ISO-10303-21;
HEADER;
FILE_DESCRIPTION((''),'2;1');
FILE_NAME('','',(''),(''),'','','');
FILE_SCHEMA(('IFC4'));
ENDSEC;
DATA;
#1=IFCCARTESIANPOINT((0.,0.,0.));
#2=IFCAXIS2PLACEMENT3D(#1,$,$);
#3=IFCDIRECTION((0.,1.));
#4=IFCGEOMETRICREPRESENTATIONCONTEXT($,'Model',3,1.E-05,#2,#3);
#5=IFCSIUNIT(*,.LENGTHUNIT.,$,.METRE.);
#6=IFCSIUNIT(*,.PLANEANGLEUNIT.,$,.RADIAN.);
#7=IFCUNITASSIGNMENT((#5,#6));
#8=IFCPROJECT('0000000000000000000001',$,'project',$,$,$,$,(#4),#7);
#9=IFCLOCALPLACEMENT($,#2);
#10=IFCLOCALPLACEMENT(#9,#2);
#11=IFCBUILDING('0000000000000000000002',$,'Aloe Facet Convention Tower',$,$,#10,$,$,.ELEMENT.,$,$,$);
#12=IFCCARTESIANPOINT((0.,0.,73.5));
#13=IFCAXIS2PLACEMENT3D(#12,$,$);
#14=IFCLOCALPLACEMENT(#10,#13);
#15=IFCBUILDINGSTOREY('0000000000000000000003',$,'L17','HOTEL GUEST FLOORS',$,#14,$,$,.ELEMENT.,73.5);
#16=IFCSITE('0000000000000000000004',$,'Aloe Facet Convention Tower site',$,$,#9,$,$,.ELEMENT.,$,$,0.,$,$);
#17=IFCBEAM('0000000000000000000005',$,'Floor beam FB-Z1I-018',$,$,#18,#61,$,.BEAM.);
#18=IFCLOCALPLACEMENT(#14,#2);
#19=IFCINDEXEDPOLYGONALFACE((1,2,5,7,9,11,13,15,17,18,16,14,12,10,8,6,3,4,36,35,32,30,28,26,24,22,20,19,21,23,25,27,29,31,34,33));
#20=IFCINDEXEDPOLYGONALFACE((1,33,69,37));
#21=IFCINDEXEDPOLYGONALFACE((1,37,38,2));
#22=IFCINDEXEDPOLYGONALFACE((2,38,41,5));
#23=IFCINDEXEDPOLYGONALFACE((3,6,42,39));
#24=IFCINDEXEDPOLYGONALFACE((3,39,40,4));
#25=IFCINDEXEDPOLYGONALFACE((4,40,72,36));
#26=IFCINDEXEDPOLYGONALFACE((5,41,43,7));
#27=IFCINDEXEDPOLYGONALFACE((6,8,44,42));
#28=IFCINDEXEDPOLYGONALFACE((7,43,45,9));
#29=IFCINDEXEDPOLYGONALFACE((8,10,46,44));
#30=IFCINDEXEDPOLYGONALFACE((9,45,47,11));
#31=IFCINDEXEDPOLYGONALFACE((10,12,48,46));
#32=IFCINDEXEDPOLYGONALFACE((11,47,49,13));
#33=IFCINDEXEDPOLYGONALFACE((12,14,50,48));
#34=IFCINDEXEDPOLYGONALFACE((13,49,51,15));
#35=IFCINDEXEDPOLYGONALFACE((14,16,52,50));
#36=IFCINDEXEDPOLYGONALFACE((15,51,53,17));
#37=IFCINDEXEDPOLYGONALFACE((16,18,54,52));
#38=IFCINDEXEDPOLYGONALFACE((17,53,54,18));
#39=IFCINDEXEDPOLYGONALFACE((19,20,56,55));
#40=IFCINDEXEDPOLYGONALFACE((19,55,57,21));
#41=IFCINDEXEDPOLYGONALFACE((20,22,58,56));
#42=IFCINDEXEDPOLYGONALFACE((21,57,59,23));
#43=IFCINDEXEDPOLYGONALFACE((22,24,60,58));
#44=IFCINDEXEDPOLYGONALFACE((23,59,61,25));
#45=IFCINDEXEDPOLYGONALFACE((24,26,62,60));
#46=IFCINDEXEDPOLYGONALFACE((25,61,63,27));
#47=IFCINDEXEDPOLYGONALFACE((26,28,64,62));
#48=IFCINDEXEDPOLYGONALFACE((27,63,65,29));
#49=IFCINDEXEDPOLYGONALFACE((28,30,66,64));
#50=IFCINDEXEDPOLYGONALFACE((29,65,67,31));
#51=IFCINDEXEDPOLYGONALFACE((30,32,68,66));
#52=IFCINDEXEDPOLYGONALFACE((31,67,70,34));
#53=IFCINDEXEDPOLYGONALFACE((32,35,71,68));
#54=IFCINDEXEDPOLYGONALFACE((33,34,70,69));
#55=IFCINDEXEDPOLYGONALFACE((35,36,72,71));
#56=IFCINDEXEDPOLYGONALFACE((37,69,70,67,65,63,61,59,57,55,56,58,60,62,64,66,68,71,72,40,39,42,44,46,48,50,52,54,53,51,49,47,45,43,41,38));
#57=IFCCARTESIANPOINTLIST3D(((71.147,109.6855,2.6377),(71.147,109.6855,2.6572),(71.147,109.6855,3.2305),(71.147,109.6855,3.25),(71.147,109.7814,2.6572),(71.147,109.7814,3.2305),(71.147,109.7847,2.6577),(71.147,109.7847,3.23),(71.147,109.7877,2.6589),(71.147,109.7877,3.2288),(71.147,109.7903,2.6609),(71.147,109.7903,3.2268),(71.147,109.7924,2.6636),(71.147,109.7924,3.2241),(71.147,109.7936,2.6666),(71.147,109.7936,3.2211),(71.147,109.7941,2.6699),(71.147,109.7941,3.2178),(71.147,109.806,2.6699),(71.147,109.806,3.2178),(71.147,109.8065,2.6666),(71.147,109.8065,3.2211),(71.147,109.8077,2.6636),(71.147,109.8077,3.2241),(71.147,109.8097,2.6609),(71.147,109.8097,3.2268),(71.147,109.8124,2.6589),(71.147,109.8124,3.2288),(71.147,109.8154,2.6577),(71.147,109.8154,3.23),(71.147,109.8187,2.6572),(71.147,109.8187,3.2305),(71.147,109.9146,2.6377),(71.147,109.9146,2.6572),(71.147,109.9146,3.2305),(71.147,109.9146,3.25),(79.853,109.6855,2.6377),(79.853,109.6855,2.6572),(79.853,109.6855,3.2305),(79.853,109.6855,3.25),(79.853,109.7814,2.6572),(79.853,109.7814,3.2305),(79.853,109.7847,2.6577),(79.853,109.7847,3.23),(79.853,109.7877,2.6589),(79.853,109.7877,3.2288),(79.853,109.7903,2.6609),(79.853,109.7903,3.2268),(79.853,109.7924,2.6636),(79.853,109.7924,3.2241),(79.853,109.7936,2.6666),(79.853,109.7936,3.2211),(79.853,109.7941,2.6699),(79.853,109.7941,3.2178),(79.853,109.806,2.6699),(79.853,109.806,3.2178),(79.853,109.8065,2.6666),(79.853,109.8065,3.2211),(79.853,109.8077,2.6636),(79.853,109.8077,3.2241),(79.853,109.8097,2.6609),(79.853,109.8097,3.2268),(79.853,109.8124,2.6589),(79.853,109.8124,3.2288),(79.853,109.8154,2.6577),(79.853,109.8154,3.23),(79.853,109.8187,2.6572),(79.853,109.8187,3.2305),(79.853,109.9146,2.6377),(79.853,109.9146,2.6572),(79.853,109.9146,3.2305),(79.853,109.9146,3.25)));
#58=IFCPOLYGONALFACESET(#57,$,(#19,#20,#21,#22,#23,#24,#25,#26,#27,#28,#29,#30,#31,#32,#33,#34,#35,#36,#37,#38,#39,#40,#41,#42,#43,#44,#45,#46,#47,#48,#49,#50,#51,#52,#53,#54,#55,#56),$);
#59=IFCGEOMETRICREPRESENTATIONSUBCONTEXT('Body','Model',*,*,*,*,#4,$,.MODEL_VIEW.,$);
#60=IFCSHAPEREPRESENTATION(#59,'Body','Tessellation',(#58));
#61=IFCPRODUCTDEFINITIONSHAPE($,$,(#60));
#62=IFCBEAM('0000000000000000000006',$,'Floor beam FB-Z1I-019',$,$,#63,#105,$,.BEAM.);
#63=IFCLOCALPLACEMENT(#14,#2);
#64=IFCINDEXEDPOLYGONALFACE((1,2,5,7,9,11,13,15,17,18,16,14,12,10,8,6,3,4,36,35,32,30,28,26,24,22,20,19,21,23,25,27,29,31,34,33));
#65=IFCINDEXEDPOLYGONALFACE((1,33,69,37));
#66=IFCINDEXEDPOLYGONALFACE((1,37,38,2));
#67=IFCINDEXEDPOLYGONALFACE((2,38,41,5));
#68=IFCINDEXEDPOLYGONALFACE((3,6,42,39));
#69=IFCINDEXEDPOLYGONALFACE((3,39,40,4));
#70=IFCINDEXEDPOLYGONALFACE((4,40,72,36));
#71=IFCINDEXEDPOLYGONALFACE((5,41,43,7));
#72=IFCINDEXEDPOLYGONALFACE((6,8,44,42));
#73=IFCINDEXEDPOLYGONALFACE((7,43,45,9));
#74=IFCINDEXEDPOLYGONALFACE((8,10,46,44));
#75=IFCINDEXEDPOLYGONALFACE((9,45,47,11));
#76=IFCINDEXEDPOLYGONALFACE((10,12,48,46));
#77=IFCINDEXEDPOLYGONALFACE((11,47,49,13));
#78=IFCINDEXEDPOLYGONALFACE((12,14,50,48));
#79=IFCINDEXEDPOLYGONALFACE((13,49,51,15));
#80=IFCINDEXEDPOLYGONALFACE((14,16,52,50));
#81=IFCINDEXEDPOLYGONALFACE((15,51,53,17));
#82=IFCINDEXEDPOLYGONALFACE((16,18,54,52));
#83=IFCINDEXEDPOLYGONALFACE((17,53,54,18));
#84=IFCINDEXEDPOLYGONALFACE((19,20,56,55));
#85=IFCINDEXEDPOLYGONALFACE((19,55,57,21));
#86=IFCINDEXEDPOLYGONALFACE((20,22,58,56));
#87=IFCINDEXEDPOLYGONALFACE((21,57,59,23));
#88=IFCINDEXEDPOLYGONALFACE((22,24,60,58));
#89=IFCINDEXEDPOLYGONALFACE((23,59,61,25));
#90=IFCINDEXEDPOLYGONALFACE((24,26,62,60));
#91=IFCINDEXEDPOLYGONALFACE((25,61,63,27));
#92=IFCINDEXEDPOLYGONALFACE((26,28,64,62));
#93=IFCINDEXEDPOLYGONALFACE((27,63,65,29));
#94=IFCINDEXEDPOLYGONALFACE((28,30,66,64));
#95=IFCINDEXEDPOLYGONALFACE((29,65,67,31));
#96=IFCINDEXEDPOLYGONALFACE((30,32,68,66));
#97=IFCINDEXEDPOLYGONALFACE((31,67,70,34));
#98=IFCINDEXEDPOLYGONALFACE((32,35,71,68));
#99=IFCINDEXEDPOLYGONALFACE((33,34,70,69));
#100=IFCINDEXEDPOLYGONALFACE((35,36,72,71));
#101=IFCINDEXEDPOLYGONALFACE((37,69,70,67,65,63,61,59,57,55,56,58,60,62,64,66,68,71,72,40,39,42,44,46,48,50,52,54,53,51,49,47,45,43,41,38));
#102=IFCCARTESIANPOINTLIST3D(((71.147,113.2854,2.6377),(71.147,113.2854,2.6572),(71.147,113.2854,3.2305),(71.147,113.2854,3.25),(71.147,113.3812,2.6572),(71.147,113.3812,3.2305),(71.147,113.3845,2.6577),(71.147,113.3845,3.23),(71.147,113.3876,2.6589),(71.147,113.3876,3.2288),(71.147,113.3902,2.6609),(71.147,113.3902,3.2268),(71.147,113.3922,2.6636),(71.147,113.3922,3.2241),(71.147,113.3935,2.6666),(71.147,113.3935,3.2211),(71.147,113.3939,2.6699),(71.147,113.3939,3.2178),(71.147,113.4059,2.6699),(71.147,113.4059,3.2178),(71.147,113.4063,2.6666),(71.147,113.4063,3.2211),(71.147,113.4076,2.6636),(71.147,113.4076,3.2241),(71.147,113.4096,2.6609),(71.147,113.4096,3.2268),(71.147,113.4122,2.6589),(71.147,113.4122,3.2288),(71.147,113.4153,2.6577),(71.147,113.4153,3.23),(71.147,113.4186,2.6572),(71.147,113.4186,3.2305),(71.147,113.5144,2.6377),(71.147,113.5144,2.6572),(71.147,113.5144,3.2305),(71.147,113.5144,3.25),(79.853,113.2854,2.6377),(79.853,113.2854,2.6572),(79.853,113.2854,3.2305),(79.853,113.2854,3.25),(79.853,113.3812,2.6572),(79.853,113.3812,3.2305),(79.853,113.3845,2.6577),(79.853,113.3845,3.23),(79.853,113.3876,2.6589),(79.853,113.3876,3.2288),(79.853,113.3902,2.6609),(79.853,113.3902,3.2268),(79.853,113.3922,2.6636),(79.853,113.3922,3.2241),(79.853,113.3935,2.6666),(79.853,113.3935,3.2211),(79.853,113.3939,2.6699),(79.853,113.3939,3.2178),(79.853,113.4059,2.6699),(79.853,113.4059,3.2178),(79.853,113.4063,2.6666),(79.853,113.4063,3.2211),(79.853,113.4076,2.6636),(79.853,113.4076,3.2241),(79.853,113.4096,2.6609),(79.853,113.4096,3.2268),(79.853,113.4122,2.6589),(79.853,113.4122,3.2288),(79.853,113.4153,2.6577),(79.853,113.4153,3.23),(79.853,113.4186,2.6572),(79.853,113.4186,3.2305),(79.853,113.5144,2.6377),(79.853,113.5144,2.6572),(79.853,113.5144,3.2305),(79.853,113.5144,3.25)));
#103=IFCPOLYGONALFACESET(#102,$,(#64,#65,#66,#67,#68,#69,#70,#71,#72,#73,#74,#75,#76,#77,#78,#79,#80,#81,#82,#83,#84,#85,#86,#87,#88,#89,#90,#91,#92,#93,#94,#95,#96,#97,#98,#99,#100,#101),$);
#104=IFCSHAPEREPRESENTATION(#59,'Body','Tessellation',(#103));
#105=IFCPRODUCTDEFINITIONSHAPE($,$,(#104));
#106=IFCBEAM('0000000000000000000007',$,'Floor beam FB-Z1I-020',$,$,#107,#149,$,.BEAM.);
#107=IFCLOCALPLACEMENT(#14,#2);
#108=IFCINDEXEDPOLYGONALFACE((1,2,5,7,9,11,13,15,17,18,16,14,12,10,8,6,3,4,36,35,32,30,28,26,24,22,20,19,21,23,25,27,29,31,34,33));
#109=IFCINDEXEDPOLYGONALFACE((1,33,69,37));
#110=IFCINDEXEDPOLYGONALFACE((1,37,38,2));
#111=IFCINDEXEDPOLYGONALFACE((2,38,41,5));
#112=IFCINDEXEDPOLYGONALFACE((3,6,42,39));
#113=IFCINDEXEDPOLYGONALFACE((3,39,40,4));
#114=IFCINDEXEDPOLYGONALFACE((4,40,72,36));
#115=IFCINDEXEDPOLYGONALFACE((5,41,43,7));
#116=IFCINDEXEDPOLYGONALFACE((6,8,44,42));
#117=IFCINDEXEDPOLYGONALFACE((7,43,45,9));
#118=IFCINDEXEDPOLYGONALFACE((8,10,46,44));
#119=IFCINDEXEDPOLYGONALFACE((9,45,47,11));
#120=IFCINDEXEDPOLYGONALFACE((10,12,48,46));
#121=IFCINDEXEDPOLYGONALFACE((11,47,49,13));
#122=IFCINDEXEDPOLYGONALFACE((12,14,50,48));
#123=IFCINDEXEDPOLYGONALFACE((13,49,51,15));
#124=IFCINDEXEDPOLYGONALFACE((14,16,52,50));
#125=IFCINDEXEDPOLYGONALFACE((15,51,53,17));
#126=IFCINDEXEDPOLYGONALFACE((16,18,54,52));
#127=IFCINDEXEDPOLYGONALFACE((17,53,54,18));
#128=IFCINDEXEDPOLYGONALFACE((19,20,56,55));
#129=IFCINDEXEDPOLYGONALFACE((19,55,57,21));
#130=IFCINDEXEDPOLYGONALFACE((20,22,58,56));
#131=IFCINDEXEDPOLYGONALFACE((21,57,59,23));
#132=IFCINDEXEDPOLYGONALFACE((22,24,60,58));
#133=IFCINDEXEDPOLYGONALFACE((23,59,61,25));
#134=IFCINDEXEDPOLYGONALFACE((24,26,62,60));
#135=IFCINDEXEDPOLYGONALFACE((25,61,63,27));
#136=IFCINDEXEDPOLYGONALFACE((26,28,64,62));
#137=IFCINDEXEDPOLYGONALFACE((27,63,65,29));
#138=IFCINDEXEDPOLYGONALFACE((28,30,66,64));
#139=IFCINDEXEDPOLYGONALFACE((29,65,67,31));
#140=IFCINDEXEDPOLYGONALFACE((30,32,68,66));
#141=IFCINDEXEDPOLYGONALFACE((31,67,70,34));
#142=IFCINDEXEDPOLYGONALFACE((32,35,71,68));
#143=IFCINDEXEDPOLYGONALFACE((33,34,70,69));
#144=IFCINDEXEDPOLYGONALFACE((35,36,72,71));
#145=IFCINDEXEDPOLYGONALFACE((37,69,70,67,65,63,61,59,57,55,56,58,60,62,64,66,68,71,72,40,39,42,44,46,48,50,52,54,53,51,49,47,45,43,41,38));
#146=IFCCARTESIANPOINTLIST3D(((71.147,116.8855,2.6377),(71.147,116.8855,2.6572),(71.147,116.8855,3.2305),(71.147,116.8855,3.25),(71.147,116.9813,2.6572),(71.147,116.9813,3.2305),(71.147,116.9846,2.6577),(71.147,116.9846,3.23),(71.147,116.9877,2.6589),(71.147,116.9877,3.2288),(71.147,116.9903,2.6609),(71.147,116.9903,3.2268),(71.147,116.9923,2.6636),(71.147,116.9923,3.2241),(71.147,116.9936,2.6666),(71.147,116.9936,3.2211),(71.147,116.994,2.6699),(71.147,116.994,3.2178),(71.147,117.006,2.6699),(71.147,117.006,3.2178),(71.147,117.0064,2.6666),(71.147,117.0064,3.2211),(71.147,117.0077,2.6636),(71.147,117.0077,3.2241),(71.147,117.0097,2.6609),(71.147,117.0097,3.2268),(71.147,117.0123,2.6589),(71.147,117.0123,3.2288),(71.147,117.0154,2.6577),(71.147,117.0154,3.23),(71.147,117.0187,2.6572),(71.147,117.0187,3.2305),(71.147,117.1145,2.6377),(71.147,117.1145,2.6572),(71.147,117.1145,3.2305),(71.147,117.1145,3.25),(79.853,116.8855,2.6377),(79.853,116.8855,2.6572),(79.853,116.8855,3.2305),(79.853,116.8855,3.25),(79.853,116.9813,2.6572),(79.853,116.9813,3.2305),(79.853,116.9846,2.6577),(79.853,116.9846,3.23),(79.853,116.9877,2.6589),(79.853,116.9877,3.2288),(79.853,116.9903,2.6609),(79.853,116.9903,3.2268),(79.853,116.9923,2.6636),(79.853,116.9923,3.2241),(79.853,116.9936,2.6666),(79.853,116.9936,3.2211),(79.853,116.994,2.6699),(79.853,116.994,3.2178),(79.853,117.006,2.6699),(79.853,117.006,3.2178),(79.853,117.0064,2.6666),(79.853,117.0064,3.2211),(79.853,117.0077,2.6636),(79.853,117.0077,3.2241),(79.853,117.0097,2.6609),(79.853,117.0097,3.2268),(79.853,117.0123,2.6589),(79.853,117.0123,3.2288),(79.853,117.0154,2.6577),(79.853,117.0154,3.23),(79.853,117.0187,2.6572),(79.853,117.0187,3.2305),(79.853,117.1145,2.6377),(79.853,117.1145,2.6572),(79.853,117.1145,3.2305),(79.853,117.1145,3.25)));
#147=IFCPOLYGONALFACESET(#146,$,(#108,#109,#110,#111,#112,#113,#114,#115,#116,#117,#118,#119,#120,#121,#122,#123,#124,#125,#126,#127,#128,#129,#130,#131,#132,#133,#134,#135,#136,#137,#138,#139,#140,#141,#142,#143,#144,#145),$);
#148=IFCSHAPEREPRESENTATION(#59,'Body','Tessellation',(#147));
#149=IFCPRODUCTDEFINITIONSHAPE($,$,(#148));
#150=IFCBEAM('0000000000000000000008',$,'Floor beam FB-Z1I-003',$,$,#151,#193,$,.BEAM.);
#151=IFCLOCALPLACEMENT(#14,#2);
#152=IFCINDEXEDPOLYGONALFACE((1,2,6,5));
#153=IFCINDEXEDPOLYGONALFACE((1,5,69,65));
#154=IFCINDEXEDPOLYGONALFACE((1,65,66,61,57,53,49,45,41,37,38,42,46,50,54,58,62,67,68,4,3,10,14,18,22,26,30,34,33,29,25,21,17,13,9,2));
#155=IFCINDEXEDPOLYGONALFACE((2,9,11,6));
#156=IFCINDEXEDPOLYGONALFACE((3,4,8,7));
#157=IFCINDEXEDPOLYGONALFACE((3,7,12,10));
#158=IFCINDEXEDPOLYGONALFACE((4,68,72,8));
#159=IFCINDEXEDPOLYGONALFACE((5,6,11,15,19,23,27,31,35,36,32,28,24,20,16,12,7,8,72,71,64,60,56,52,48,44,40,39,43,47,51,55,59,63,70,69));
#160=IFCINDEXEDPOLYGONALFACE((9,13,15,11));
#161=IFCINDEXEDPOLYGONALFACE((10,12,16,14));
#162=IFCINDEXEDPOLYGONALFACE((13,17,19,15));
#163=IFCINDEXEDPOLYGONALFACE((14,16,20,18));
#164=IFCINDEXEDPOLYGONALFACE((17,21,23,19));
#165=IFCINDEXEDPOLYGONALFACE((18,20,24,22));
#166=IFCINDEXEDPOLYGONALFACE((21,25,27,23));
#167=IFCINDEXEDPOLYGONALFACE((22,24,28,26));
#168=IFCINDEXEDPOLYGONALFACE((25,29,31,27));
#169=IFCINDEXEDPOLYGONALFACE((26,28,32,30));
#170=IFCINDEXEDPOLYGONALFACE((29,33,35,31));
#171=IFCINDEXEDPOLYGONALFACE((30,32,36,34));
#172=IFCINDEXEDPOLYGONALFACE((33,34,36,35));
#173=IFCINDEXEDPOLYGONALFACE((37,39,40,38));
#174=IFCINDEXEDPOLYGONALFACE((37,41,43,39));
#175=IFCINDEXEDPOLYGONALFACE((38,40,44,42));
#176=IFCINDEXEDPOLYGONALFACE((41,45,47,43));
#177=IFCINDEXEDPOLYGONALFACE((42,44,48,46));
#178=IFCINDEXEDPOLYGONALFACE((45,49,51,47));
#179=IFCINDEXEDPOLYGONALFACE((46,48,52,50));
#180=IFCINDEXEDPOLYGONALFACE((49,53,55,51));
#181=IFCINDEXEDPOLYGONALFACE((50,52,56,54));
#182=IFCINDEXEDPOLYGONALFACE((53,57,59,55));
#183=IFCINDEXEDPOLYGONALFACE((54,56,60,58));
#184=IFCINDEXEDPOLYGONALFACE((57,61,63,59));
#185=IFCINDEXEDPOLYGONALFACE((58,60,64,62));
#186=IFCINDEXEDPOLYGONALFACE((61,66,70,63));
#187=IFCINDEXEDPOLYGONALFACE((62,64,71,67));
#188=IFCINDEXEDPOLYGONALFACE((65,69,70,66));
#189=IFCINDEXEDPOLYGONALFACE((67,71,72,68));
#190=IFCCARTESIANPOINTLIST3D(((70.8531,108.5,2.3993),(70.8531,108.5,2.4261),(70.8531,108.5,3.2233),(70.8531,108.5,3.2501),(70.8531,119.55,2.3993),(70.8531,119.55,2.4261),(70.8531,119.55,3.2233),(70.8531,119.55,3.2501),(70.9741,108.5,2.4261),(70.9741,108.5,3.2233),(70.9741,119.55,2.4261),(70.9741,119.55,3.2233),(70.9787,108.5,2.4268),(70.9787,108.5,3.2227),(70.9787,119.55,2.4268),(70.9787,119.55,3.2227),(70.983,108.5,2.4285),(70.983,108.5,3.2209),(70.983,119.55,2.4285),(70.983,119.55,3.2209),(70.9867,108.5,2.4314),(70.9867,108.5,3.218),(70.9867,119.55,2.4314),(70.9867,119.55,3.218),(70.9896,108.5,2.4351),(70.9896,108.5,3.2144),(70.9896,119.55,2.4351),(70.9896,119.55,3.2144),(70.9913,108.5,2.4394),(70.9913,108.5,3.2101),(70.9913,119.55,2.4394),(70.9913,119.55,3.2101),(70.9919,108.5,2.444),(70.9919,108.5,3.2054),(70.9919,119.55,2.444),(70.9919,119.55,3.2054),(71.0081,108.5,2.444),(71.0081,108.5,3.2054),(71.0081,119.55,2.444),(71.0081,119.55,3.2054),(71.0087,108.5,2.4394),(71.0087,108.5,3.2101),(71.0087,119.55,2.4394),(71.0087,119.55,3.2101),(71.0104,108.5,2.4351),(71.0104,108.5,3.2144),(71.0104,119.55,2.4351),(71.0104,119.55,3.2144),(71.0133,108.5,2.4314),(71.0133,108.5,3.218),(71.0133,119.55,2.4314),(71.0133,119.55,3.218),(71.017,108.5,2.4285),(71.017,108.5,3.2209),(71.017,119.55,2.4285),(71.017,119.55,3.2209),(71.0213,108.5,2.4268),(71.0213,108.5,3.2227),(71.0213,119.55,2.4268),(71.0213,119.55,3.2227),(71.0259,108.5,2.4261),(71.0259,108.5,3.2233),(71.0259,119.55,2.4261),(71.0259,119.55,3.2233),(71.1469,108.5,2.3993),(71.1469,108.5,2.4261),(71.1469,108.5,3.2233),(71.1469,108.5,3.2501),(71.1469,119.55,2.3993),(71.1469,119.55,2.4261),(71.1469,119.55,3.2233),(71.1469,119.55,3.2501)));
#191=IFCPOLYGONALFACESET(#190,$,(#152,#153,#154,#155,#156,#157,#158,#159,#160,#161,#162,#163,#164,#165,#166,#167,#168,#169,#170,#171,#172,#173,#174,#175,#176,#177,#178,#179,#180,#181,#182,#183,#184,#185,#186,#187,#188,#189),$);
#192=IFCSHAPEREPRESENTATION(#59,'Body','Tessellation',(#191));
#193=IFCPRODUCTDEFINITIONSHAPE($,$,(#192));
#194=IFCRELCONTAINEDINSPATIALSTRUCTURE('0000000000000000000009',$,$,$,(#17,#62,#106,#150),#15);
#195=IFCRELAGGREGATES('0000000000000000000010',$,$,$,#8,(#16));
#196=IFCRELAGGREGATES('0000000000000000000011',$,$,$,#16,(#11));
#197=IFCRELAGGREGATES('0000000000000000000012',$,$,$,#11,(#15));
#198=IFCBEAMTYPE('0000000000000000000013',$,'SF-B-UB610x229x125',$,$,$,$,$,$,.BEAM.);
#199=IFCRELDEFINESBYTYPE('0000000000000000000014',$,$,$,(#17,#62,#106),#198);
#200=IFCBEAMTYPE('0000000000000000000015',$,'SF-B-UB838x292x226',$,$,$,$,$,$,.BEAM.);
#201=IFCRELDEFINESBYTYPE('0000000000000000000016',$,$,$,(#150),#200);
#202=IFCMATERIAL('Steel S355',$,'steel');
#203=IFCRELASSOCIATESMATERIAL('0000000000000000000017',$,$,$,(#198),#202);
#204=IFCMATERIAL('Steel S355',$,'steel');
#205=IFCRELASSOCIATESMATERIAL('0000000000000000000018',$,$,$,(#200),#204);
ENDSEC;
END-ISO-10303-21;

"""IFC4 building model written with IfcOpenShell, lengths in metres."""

from ifc_helpers import new_model, si_unit, direction, frame, origin, origin_2d, place, context, subcontext, project, spatial, i_section, extrude, material, material_profile, profile_set, type_object, element, save


model = new_model("IFC4")

# Units and contexts
model_context = context("Model", 3, precision=1e-05, world=origin(), true_north=direction((0.0, 1.0)))
body_context = subcontext(model_context, "Body", "Model", "MODEL_VIEW")
ifc_project = project(units=[si_unit("LENGTHUNIT", "METRE"), si_unit("PLANEANGLEUNIT", "RADIAN")], contexts=[model_context])

# Site, building, storey
site_placement = place(None, origin())
site = spatial("IfcSite", under=ifc_project, at=site_placement, Name="Aloe Facet Convention Tower site", CompositionType="ELEMENT", RefElevation=0.0)
building_placement = place(site_placement, origin())
building = spatial("IfcBuilding", under=site, at=building_placement, Name="Aloe Facet Convention Tower", CompositionType="ELEMENT")
storey_placement = place(building_placement, frame((0.0, 0.0, 73.5)))
storey = spatial("IfcBuildingStorey", under=building, at=storey_placement, Name="L17", Description="HOTEL GUEST FLOORS", CompositionType="ELEMENT", Elevation=73.5)

# Beams
ifc_material_1 = material(Name="Steel S355", Category="steel")
ifc_material_profile_1 = material_profile(ifc_material_1, i_section(OverallWidth=0.229, OverallDepth=0.6123, WebThickness=0.012, FlangeThickness=0.0195, FilletRadius=0.0127, at=origin_2d()), Name="UB 610x229x125")
ifc_profile_set_1 = profile_set([ifc_material_profile_1], Name="Steel S355")
beam_type_1 = type_object("IfcBeamType", Name="SF-B-UB610x229x125", PredefinedType="BEAM", material=ifc_profile_set_1)
for number, where, z_axis, x_axis, name in (
    (1, (71.147, 109.8, 2.9438), (1.0, 0.0, 0.0), (0.0, 1.0, 0.0), "Floor beam FB-Z1I-018"),
    (2, (71.147, 113.3999, 2.9438), (1.0, 0.0, 0.0), (0.0, 1.0, 0.0), "Floor beam FB-Z1I-019"),
    (3, (71.147, 117.0, 2.9438), (1.0, 0.0, 0.0), (0.0, 1.0, 0.0), "Floor beam FB-Z1I-020"),
):
    element("IfcBeam", number, at=place(storey_placement, frame(where, z_axis=z_axis, x_axis=x_axis)), inside=storey, type_object=beam_type_1, Name=name, PredefinedType="BEAM", context=body_context, shape_type="SweptSolid", body=[
        extrude(i_section(OverallWidth=0.229, OverallDepth=0.6123, WebThickness=0.012, FlangeThickness=0.0195, FilletRadius=0.0127, at=origin_2d()), origin(), (0.0, 0.0, 1.0), 8.7061),
    ])
ifc_material_2 = material(Name="Steel S355", Category="steel")
ifc_material_profile_2 = material_profile(ifc_material_2, i_section(OverallWidth=0.2937, OverallDepth=0.8508, WebThickness=0.0161, FlangeThickness=0.0269, FilletRadius=0.0178, at=origin_2d()), Name="UB 838x292x226")
ifc_profile_set_2 = profile_set([ifc_material_profile_2], Name="Steel S355")
beam_type_2 = type_object("IfcBeamType", Name="SF-B-UB838x292x226", PredefinedType="BEAM", material=ifc_profile_set_2)
beam_placement = place(storey_placement, frame((71.0, 119.55, 2.8247), z_axis=(0.0, -1.0, 0.0), x_axis=(1.0, 0.0, 0.0)))
element("IfcBeam", 4, at=beam_placement, inside=storey, type_object=beam_type_2, Name="Floor beam FB-Z1I-003", PredefinedType="BEAM", context=body_context, shape_type="SweptSolid", body=[
    extrude(i_section(OverallWidth=0.2937, OverallDepth=0.8508, WebThickness=0.0161, FlangeThickness=0.0269, FilletRadius=0.0178, at=origin_2d()), origin(), (0.0, 0.0, 1.0), 11.05),
])

save(model, "model.ifc")
